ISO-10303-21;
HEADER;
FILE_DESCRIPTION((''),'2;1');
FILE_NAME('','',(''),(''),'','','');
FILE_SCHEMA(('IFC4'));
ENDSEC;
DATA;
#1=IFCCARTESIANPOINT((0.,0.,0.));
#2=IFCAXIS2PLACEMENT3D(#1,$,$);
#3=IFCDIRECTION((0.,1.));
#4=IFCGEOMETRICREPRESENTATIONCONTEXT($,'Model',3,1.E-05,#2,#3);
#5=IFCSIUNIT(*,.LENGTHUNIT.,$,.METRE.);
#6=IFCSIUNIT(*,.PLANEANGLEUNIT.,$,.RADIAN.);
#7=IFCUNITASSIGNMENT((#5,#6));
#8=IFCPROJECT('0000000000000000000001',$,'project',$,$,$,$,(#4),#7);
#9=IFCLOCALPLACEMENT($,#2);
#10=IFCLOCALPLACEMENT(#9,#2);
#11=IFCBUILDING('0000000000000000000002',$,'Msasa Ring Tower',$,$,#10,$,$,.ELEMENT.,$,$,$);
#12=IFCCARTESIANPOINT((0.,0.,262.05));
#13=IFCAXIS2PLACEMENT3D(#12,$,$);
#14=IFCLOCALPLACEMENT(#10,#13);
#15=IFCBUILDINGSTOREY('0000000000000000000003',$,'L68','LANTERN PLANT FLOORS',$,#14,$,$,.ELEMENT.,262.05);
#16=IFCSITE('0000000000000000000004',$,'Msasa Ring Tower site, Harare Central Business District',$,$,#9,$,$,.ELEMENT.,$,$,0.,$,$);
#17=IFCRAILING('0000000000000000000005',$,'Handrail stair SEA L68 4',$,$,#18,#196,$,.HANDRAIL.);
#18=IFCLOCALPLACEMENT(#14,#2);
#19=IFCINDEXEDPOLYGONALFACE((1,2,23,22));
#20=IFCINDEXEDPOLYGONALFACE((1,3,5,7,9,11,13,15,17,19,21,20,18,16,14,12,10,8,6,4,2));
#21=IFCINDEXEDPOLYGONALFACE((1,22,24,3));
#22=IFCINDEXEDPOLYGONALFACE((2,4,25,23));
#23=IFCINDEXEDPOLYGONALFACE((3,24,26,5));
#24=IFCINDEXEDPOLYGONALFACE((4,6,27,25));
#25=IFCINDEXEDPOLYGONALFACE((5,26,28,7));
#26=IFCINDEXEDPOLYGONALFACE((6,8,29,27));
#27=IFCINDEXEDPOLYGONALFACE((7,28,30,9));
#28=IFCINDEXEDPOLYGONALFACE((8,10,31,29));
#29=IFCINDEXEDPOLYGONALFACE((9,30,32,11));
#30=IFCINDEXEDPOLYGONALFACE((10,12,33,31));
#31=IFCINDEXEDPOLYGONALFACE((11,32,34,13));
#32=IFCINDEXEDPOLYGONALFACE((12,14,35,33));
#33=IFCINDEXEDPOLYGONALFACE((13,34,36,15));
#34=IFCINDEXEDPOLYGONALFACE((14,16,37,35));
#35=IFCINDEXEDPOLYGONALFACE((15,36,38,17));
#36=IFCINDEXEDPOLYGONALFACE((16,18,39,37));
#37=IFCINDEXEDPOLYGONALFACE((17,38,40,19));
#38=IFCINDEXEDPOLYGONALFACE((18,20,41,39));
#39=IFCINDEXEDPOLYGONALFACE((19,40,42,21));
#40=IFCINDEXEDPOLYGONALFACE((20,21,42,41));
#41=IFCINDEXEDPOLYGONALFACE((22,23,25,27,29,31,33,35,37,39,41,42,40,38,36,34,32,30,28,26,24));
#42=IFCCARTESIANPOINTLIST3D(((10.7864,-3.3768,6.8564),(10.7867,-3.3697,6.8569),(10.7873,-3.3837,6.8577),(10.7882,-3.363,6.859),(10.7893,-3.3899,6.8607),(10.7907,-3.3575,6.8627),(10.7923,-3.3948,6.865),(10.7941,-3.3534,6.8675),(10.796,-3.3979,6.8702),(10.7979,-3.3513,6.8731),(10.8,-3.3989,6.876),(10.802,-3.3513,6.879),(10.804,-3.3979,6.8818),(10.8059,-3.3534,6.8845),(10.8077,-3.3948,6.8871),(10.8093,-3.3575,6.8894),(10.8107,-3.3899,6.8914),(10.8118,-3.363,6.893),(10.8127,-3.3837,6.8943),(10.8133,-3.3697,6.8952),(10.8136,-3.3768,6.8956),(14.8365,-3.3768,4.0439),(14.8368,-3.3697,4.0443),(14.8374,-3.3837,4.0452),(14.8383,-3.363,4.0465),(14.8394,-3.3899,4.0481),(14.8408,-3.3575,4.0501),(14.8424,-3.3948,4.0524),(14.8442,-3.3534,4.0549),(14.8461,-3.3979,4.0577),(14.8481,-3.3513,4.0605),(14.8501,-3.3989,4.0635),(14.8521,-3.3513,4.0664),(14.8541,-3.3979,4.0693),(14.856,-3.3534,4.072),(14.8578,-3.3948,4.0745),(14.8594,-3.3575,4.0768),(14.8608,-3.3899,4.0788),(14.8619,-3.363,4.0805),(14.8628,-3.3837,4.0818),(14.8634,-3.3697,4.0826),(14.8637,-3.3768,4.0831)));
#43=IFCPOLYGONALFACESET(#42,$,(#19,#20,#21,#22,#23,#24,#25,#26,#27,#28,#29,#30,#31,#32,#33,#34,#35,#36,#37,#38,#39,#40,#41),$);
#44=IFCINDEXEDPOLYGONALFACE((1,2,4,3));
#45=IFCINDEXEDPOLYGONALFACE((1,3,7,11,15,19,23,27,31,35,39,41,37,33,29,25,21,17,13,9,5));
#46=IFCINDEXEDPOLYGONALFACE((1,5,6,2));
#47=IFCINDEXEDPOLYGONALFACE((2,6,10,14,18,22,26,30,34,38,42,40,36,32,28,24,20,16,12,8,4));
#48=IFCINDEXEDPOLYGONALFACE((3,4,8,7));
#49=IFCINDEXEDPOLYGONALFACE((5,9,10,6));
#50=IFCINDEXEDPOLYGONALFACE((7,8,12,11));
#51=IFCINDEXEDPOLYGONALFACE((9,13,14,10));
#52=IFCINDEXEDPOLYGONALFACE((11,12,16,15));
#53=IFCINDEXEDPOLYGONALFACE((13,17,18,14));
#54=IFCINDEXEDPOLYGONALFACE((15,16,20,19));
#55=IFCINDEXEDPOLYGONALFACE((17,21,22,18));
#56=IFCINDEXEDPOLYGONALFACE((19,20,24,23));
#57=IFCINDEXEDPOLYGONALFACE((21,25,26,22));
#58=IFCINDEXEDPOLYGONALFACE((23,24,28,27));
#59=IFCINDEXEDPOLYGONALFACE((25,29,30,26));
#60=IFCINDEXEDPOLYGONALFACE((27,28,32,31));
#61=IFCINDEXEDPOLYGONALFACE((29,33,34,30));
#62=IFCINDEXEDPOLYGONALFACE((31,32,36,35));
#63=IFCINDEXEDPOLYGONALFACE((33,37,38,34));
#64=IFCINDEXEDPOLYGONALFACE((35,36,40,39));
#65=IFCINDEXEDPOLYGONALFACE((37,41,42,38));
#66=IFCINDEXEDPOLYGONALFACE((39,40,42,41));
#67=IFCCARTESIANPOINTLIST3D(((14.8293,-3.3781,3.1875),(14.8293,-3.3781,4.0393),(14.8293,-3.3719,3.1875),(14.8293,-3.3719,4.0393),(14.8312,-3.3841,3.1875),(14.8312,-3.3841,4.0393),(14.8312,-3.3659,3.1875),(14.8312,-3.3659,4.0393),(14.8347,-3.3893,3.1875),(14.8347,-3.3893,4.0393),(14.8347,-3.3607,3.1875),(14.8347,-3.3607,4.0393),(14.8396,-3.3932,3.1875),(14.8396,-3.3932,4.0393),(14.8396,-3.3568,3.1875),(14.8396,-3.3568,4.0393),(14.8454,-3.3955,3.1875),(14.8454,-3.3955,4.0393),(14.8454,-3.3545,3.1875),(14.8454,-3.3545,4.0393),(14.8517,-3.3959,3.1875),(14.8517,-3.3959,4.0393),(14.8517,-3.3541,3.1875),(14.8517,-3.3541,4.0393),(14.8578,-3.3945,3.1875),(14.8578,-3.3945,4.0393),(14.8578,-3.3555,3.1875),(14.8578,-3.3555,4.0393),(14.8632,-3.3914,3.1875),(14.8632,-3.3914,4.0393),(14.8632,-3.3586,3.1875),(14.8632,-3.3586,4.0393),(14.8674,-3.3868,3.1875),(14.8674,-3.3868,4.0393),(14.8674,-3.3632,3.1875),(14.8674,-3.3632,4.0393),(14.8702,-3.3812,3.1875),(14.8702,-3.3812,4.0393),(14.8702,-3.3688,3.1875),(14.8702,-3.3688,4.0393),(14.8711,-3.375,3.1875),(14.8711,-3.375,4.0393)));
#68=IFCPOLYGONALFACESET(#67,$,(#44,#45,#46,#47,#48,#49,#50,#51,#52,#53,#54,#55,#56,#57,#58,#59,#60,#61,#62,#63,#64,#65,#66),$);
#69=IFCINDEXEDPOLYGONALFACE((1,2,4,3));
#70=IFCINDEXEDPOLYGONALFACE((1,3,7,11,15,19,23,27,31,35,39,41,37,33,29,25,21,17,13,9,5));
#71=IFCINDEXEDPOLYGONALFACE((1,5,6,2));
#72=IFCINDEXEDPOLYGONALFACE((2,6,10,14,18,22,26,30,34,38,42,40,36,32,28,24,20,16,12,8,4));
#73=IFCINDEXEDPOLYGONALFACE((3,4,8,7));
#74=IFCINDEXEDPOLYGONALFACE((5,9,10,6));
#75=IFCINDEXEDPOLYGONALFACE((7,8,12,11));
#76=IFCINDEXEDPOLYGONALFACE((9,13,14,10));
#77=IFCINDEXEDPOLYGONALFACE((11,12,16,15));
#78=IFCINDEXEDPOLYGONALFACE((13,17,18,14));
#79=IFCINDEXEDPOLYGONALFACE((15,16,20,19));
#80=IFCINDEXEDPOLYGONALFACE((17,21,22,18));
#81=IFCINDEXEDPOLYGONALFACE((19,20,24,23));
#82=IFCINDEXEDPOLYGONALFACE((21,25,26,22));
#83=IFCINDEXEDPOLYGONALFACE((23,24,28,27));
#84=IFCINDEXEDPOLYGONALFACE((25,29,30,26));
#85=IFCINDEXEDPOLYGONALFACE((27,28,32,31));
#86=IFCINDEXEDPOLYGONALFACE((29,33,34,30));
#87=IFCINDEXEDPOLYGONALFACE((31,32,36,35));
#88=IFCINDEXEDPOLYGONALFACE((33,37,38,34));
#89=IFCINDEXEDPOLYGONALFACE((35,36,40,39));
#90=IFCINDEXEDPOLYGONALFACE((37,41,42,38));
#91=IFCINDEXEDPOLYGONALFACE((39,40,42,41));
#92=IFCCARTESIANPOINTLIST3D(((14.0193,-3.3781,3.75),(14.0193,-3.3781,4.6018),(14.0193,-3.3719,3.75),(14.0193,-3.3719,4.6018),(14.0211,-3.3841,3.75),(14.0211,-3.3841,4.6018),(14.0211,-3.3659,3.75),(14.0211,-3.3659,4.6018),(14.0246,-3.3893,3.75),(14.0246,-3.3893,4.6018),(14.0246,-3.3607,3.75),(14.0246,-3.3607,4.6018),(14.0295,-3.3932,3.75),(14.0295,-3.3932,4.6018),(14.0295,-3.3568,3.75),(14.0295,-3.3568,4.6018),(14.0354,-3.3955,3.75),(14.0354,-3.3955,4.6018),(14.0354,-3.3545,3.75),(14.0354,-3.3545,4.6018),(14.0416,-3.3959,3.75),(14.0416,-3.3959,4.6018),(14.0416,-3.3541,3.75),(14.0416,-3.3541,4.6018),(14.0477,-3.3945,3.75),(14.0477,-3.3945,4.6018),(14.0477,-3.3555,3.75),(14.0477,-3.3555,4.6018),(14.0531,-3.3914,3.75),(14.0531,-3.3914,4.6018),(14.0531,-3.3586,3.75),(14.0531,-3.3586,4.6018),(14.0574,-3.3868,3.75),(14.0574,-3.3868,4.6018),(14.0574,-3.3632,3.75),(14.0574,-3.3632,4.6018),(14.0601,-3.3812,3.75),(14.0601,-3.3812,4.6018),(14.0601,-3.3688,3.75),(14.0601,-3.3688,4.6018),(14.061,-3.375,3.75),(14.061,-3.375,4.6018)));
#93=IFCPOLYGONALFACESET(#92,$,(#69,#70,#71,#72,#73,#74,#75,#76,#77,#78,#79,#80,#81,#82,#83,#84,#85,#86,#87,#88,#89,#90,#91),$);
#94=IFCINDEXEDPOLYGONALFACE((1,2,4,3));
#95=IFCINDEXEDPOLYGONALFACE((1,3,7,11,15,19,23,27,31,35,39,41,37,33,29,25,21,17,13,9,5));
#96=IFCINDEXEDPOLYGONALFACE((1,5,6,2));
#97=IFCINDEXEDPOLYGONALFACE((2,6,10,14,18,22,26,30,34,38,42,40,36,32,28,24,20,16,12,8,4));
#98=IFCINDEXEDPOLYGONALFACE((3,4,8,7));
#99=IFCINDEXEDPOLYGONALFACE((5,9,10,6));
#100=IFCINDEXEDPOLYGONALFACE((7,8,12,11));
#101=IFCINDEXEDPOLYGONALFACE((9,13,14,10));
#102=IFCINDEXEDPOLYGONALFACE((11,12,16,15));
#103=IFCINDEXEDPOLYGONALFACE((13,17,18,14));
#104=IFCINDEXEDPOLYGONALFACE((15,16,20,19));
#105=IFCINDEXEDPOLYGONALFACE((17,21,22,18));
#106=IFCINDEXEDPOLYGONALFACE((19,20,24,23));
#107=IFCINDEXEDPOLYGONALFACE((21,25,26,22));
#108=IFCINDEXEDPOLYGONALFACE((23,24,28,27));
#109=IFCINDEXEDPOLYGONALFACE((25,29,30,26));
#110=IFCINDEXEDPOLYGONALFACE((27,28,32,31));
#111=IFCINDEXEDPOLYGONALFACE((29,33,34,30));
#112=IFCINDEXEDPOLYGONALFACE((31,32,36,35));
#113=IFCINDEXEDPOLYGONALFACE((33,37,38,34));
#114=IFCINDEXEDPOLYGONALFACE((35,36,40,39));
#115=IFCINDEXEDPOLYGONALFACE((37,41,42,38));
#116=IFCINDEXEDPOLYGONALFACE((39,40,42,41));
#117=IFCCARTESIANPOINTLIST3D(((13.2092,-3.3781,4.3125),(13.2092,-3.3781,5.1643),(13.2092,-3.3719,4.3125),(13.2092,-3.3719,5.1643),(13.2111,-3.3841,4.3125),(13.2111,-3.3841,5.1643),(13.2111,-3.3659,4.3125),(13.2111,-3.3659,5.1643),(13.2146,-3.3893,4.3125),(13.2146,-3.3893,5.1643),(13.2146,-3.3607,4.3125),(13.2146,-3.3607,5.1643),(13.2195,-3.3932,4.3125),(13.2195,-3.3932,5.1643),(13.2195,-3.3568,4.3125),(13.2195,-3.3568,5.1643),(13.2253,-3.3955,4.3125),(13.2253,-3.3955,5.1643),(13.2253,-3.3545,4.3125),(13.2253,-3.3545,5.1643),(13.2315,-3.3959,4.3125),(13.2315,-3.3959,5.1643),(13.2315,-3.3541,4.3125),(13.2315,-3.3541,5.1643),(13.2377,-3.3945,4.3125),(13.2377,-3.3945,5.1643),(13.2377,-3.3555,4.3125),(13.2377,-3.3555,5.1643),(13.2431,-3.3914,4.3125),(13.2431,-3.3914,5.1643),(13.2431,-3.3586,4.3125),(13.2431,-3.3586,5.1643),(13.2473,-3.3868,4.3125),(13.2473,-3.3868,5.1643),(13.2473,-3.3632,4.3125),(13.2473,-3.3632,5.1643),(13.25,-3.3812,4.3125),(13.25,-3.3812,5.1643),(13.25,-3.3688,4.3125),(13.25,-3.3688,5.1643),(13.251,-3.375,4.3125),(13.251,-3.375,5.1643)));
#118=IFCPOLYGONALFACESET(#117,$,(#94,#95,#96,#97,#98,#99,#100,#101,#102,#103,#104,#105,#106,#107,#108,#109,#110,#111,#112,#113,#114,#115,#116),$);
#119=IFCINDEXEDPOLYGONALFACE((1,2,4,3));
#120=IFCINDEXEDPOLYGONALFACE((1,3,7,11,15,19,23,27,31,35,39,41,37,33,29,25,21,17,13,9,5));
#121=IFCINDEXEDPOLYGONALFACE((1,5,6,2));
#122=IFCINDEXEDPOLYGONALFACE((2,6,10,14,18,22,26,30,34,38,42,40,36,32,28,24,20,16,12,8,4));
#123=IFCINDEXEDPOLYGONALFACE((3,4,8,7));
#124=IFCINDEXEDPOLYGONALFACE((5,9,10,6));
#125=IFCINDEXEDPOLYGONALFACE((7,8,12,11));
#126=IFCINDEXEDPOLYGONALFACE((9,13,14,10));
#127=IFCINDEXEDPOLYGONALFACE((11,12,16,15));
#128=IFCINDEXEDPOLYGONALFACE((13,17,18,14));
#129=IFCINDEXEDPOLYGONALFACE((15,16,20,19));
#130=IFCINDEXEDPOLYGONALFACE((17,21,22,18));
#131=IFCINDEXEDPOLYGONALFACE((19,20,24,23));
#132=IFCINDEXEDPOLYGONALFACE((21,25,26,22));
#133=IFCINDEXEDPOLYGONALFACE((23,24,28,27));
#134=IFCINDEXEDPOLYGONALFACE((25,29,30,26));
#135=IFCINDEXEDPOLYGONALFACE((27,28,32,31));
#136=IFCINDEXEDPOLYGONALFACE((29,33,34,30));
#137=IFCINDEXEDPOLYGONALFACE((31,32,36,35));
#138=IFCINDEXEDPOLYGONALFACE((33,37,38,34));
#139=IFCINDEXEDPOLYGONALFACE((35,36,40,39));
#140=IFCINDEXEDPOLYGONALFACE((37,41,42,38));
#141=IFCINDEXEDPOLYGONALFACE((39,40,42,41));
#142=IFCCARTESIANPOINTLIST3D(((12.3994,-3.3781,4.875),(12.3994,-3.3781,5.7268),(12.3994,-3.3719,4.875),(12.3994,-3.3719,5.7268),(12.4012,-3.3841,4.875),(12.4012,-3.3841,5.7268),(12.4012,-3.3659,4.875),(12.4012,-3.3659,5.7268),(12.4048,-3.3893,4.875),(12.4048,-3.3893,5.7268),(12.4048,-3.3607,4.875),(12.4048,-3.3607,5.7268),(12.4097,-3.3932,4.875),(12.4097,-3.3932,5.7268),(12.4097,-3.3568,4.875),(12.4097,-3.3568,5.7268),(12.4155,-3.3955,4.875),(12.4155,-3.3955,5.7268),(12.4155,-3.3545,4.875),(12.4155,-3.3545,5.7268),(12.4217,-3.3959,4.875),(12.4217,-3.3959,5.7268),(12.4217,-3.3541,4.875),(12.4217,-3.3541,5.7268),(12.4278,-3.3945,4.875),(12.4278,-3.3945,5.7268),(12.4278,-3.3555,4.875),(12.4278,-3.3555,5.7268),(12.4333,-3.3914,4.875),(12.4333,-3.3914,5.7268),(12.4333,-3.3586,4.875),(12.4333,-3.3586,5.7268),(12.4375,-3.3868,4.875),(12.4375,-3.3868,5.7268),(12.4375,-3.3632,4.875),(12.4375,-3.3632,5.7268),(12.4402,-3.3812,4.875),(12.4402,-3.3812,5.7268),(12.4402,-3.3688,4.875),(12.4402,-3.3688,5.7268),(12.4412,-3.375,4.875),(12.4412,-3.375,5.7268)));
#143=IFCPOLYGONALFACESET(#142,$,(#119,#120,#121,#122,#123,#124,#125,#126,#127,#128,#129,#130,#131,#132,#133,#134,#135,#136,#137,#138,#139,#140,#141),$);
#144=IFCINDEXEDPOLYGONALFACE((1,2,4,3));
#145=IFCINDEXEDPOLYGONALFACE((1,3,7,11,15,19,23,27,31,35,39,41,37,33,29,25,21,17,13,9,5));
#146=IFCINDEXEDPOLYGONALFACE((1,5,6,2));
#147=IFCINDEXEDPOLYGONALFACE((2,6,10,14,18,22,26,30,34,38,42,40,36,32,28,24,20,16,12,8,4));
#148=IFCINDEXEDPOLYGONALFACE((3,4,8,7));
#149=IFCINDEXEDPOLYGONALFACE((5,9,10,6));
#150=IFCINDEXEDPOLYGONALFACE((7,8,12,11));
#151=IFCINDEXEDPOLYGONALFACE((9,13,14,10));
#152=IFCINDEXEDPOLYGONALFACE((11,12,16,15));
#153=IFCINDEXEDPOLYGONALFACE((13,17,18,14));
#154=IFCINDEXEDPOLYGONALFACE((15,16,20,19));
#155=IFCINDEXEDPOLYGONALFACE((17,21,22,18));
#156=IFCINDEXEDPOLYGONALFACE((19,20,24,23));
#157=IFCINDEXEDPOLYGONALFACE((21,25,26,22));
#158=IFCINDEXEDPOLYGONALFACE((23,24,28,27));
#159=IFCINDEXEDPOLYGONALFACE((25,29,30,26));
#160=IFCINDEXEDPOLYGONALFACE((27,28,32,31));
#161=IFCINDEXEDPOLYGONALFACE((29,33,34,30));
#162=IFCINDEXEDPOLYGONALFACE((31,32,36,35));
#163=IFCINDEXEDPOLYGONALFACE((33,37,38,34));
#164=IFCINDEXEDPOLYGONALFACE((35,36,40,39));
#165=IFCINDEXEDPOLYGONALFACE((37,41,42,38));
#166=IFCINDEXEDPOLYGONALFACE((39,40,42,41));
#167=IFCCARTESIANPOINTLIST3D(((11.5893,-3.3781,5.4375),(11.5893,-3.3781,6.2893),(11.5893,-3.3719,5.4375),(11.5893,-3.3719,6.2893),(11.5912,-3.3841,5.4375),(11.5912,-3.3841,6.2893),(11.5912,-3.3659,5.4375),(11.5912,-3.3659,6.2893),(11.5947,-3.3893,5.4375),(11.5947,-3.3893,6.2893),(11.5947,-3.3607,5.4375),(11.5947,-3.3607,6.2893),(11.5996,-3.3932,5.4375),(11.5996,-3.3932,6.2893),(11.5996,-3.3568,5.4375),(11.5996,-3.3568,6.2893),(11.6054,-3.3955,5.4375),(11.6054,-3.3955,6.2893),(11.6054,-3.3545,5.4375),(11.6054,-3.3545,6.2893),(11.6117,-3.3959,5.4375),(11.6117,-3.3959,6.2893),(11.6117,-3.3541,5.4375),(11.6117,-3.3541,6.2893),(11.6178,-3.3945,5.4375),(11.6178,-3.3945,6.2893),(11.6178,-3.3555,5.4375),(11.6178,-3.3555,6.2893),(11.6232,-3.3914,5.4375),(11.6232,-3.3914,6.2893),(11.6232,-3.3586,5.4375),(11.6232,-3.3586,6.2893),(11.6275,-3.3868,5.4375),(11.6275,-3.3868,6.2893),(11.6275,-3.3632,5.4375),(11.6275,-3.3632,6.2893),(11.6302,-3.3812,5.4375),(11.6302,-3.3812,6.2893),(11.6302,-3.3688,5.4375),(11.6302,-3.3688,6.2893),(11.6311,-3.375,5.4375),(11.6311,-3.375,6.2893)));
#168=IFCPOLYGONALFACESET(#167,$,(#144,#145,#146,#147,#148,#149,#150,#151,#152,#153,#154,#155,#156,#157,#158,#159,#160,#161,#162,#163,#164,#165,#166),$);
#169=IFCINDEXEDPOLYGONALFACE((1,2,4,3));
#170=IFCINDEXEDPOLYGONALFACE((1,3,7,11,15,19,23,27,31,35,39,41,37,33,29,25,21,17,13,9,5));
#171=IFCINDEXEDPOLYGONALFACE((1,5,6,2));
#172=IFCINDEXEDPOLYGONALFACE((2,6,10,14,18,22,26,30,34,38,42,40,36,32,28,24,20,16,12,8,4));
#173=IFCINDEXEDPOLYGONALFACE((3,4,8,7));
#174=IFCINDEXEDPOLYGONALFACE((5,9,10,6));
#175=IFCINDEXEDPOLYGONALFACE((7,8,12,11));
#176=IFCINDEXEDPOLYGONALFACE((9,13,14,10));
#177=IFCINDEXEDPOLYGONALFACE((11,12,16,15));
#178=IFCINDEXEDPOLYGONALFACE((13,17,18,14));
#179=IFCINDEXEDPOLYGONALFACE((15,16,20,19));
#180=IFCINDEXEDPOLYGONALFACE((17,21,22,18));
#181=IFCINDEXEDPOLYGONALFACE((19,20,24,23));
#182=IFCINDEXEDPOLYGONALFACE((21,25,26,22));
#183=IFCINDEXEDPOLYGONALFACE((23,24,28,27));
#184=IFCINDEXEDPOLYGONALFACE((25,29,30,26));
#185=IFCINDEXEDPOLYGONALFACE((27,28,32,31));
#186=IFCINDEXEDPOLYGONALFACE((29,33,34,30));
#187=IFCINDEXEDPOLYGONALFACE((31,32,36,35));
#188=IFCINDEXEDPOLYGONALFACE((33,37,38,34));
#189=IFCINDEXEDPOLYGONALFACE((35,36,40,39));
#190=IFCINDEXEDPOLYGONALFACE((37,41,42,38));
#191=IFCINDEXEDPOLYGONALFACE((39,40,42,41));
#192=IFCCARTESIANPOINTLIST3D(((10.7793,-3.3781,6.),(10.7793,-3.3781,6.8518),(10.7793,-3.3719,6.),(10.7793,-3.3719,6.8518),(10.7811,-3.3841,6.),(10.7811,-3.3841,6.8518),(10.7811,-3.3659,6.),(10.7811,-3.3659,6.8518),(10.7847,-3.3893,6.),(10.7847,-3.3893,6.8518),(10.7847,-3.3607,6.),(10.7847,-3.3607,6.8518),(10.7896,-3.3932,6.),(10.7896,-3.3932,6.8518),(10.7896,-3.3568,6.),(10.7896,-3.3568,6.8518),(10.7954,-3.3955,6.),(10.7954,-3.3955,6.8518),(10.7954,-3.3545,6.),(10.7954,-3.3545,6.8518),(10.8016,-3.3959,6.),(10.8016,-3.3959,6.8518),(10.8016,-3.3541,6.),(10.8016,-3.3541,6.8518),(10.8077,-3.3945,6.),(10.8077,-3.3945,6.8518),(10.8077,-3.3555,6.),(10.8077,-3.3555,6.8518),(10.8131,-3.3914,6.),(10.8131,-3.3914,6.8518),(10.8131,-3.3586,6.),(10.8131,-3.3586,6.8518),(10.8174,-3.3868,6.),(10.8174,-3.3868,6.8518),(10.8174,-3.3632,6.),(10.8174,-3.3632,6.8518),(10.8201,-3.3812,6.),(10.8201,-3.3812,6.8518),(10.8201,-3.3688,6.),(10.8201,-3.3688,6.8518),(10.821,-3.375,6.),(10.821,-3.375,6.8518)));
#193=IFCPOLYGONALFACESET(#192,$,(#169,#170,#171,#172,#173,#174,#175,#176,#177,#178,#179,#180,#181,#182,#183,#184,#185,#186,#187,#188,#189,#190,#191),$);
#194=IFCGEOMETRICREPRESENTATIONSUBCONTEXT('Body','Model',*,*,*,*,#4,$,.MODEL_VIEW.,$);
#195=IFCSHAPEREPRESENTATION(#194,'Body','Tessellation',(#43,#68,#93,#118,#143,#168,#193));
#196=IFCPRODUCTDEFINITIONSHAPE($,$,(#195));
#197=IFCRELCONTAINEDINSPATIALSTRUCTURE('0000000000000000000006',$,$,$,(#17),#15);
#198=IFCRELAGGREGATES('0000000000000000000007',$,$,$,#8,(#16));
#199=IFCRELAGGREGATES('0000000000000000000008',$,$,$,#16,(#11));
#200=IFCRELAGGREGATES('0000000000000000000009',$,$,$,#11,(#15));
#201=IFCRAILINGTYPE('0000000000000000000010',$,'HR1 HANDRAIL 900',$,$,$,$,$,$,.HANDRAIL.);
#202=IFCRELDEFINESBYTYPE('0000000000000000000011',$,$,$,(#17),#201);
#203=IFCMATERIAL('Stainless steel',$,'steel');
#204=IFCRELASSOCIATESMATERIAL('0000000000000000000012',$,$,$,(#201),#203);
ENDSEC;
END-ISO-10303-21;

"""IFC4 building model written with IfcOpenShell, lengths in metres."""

from ifc_helpers import new_model, si_unit, direction, frame, origin, origin_2d, place, context, subcontext, project, spatial, circle, extrude, material, type_object, element, save


model = new_model("IFC4")

# Units and contexts
model_context = context("Model", 3, precision=1e-05, world=origin(), true_north=direction((0.0, 1.0)))
body_context = subcontext(model_context, "Body", "Model", "MODEL_VIEW")
ifc_project = project(units=[si_unit("LENGTHUNIT", "METRE"), si_unit("PLANEANGLEUNIT", "RADIAN")], contexts=[model_context])

# Site, building, storey
site_placement = place(None, origin())
site = spatial("IfcSite", under=ifc_project, at=site_placement, Name="Msasa Ring Tower site, Harare Central Business District", CompositionType="ELEMENT", RefElevation=0.0)
building_placement = place(site_placement, origin())
building = spatial("IfcBuilding", under=site, at=building_placement, Name="Msasa Ring Tower", CompositionType="ELEMENT")
storey_placement = place(building_placement, frame((0.0, 0.0, 262.05)))
storey = spatial("IfcBuildingStorey", under=building, at=storey_placement, Name="L68", Description="LANTERN PLANT FLOORS", CompositionType="ELEMENT", Elevation=262.05)

# Railing
ifc_material_1 = material(Name="Stainless steel", Category="steel")
railing_type = type_object("IfcRailingType", Name="HR1 HANDRAIL 900", PredefinedType="HANDRAIL", material=ifc_material_1)
for number, where, name in (
    (1, (14.8501, -3.375, 3.1875), "Handrail stair SEA L68 4"),
):
    element("IfcRailing", number, at=place(storey_placement, frame(where)), inside=storey, type_object=railing_type, Name=name, PredefinedType="HANDRAIL", context=body_context, shape_type="SweptSolid", body=[
        extrude(circle(Radius=0.0239, at=origin_2d()), frame((0.0, 0.0, 0.876), z_axis=(-0.821373, 0.0, 0.570391), x_axis=(0.0, -1.0, 0.0)), (0.0, 0.0, 1.0), 4.9309),
        extrude(circle(Radius=0.021, at=origin_2d()), origin(), (0.0, 0.0, 1.0), 0.8518),
        extrude(circle(Radius=0.021, at=origin_2d()), frame((-0.8101, 0.0, 0.5625)), (0.0, 0.0, 1.0), 0.8518),
        extrude(circle(Radius=0.021, at=origin_2d()), frame((-1.6201, 0.0, 1.125)), (0.0, 0.0, 1.0), 0.8518),
        extrude(circle(Radius=0.021, at=origin_2d()), frame((-2.4299, 0.0, 1.6875)), (0.0, 0.0, 1.0), 0.8518),
        extrude(circle(Radius=0.021, at=origin_2d()), frame((-3.24, 0.0, 2.25)), (0.0, 0.0, 1.0), 0.8518),
        extrude(circle(Radius=0.021, at=origin_2d()), frame((-4.05, 0.0, 2.8125)), (0.0, 0.0, 1.0), 0.8518),
    ])

save(model, "model.ifc")
